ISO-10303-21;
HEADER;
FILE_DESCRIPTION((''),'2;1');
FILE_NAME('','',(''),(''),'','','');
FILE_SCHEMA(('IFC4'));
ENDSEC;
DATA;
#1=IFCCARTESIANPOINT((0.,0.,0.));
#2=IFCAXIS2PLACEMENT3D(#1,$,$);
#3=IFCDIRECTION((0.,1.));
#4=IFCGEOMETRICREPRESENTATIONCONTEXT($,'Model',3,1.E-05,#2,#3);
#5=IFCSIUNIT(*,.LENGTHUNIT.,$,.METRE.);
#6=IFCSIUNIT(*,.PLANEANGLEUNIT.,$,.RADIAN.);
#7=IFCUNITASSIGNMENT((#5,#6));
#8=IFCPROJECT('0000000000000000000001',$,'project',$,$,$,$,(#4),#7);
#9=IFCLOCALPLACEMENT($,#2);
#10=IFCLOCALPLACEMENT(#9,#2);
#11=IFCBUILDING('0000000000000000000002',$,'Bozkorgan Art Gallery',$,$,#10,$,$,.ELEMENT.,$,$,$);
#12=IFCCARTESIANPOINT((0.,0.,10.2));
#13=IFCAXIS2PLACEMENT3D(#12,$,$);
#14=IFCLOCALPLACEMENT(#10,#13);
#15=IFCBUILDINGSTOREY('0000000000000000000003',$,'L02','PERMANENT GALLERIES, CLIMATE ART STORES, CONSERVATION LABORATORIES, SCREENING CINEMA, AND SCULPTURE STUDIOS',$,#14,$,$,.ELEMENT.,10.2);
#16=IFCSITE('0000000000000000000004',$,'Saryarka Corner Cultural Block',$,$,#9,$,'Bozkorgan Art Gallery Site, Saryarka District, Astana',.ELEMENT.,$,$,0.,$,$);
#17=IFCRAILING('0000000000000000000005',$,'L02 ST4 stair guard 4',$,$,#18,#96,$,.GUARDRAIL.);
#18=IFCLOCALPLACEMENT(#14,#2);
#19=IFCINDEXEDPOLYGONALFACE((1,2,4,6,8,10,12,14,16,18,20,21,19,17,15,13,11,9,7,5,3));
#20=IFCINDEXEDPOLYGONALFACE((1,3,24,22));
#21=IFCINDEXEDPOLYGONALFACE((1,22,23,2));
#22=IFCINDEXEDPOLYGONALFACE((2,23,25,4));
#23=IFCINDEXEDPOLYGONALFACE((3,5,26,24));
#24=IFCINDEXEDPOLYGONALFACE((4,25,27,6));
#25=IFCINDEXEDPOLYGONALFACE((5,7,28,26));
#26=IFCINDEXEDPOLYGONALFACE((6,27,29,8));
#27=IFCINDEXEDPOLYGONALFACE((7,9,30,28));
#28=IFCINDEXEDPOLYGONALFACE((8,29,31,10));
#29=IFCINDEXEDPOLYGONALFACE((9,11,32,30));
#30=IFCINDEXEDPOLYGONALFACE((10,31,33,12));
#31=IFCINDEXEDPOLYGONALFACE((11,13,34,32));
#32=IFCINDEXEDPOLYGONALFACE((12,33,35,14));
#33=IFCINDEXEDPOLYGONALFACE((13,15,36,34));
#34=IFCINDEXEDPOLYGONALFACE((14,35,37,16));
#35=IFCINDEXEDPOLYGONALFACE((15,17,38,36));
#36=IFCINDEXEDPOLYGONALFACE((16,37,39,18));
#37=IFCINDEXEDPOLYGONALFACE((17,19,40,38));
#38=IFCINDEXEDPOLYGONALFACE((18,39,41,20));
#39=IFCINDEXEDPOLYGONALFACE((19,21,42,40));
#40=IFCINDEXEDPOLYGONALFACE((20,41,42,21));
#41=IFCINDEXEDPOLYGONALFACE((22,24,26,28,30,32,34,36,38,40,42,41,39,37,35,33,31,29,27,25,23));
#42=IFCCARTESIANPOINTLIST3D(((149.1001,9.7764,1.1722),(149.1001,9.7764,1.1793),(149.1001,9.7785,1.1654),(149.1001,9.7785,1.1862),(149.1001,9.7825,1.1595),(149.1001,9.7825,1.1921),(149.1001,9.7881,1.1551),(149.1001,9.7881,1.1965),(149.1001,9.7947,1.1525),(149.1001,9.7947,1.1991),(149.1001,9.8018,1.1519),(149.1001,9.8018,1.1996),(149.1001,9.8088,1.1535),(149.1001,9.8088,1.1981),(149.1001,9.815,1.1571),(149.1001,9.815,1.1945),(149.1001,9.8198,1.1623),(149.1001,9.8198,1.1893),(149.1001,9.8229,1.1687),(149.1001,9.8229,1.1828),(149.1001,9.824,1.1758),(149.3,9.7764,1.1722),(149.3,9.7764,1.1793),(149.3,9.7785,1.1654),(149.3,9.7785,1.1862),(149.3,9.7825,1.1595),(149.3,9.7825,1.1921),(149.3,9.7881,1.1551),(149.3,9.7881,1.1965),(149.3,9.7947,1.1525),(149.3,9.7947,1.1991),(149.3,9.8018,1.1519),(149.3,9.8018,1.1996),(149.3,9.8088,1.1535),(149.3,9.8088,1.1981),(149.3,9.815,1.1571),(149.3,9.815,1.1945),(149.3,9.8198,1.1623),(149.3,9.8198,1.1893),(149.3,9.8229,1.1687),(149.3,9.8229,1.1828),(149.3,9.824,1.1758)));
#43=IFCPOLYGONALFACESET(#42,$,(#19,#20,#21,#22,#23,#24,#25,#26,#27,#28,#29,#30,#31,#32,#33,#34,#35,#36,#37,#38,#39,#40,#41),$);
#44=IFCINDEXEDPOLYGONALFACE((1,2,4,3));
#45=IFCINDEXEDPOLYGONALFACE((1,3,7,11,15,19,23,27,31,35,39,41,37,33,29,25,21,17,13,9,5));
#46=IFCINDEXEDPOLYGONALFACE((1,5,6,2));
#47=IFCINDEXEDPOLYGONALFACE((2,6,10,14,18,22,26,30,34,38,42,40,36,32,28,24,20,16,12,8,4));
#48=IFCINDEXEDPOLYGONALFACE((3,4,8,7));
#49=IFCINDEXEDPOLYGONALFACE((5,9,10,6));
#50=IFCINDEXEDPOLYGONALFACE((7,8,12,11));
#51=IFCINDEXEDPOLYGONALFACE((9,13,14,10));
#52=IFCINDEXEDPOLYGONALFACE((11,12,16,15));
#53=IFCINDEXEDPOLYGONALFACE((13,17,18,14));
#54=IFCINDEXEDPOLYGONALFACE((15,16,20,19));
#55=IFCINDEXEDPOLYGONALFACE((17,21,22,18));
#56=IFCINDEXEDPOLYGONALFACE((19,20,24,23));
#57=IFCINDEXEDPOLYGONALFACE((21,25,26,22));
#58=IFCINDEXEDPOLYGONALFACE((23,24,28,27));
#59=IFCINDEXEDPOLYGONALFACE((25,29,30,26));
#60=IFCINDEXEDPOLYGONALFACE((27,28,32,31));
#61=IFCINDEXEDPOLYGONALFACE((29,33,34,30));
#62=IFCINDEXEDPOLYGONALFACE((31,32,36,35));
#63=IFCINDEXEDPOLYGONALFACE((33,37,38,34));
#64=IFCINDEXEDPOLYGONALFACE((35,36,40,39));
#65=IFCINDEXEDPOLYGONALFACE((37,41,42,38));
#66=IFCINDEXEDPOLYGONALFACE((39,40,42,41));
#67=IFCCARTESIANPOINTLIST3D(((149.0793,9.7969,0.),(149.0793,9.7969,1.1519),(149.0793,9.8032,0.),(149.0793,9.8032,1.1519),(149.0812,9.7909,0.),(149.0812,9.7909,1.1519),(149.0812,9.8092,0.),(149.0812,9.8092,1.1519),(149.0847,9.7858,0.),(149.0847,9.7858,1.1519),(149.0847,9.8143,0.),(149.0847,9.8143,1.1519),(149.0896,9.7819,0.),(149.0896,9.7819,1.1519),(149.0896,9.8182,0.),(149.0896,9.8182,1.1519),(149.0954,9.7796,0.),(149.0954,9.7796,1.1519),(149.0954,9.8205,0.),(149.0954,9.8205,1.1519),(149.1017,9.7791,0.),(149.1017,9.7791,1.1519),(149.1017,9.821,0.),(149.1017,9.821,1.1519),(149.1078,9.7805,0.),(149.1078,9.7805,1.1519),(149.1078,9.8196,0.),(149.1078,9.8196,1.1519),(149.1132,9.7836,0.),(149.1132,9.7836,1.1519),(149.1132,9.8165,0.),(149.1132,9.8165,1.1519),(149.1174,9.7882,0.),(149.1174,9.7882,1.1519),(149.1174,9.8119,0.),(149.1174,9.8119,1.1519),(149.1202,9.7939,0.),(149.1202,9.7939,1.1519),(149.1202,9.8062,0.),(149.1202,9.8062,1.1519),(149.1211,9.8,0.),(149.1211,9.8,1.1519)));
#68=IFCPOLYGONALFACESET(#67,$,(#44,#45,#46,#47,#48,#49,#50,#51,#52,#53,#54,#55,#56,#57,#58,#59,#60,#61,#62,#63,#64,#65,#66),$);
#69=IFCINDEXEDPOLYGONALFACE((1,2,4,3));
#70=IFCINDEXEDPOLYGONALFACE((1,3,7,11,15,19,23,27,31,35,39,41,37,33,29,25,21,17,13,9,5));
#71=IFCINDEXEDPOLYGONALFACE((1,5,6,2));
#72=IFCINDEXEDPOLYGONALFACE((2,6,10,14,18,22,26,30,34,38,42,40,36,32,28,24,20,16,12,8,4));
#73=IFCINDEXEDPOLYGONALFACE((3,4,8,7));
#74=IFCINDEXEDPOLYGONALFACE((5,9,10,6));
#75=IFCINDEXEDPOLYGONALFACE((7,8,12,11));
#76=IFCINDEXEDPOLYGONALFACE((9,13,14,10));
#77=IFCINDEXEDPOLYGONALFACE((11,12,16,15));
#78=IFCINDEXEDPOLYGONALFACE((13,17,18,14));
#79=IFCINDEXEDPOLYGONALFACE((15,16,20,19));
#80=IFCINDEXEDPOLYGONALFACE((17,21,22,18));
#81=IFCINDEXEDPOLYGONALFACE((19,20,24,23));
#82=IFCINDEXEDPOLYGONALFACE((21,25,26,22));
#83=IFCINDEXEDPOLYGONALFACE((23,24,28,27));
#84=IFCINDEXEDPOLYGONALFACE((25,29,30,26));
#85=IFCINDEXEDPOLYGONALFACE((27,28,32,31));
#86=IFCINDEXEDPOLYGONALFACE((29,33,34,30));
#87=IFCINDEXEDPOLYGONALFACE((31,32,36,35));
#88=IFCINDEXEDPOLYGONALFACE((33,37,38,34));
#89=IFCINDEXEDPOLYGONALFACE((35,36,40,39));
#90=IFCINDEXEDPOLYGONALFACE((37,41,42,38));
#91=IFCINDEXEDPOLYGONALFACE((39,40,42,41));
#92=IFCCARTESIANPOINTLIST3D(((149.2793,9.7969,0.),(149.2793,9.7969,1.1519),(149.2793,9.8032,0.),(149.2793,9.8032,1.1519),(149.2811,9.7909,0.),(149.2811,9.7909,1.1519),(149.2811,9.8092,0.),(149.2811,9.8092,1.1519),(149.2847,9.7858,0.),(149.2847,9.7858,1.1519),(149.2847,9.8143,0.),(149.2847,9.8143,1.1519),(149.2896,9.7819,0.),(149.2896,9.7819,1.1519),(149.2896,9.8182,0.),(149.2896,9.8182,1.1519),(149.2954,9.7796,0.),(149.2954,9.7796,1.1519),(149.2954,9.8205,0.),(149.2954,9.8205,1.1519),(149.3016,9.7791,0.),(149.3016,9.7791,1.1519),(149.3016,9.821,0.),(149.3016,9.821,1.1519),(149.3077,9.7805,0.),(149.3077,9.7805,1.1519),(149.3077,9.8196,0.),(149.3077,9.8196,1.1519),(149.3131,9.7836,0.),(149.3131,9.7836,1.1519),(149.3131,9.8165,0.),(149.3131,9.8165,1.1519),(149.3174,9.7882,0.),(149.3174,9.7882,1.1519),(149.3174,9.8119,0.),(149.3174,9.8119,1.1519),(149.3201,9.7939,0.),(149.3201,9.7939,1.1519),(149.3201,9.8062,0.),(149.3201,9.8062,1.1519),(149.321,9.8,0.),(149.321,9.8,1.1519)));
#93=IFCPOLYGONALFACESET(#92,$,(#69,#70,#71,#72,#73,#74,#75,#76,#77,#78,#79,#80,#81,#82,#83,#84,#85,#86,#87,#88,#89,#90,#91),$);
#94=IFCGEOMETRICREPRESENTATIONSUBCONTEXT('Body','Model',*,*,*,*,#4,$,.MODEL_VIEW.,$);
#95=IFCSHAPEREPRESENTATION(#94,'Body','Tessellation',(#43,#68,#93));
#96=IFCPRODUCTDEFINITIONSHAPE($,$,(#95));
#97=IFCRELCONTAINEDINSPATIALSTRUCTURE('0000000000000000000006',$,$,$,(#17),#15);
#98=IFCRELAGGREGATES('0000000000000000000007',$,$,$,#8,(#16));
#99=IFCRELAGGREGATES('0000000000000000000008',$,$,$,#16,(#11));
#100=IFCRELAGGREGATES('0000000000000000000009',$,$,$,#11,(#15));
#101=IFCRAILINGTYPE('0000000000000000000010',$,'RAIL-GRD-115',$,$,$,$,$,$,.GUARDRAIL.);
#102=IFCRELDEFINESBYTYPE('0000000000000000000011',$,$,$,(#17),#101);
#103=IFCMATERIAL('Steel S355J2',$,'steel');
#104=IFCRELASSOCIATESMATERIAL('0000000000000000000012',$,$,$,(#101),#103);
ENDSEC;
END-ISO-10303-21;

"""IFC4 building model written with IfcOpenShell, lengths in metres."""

from ifc_helpers import new_model, si_unit, direction, frame, origin, origin_2d, place, context, subcontext, project, spatial, circle, extrude, material, type_object, element, save


model = new_model("IFC4")

# Units and contexts
model_context = context("Model", 3, precision=1e-05, world=origin(), true_north=direction((0.0, 1.0)))
body_context = subcontext(model_context, "Body", "Model", "MODEL_VIEW")
ifc_project = project(units=[si_unit("LENGTHUNIT", "METRE"), si_unit("PLANEANGLEUNIT", "RADIAN")], contexts=[model_context])

# Site, building, storey
site_placement = place(None, origin())
site = spatial("IfcSite", under=ifc_project, at=site_placement, Name="Saryarka Corner Cultural Block", LongName="Bozkorgan Art Gallery Site, Saryarka District, Astana", CompositionType="ELEMENT", RefElevation=0.0)
building_placement = place(site_placement, origin())
building = spatial("IfcBuilding", under=site, at=building_placement, Name="Bozkorgan Art Gallery", CompositionType="ELEMENT")
storey_placement = place(building_placement, frame((0.0, 0.0, 10.2)))
storey = spatial("IfcBuildingStorey", under=building, at=storey_placement, Name="L02", Description="PERMANENT GALLERIES, CLIMATE ART STORES, CONSERVATION LABORATORIES, SCREENING CINEMA, AND SCULPTURE STUDIOS", CompositionType="ELEMENT", Elevation=10.2)

# Shared definitions
ifc_material_1 = material(Name="Steel S355J2", Category="steel")

# Railing
railing_type = type_object("IfcRailingType", Name="RAIL-GRD-115", PredefinedType="GUARDRAIL", material=ifc_material_1)
railing_placement = place(storey_placement, frame((149.1001, 9.8, 0.0)))
element("IfcRailing", 1, at=railing_placement, inside=storey, type_object=railing_type, Name="L02 ST4 stair guard 4", PredefinedType="GUARDRAIL", context=body_context, shape_type="SweptSolid", body=[
    extrude(circle(Radius=0.0239, at=origin_2d()), frame((0.0, 0.0, 1.1758), z_axis=(1.0, 0.0, 0.0), x_axis=(0.0, 1.0, 0.0)), (0.0, 0.0, 1.0), 0.2),
    extrude(circle(Radius=0.021, at=origin_2d()), origin(), (0.0, 0.0, 1.0), 1.1519),
    extrude(circle(Radius=0.021, at=origin_2d()), frame((0.2, 0.0, 0.0)), (0.0, 0.0, 1.0), 1.1519),
])

save(model, "model.ifc")
